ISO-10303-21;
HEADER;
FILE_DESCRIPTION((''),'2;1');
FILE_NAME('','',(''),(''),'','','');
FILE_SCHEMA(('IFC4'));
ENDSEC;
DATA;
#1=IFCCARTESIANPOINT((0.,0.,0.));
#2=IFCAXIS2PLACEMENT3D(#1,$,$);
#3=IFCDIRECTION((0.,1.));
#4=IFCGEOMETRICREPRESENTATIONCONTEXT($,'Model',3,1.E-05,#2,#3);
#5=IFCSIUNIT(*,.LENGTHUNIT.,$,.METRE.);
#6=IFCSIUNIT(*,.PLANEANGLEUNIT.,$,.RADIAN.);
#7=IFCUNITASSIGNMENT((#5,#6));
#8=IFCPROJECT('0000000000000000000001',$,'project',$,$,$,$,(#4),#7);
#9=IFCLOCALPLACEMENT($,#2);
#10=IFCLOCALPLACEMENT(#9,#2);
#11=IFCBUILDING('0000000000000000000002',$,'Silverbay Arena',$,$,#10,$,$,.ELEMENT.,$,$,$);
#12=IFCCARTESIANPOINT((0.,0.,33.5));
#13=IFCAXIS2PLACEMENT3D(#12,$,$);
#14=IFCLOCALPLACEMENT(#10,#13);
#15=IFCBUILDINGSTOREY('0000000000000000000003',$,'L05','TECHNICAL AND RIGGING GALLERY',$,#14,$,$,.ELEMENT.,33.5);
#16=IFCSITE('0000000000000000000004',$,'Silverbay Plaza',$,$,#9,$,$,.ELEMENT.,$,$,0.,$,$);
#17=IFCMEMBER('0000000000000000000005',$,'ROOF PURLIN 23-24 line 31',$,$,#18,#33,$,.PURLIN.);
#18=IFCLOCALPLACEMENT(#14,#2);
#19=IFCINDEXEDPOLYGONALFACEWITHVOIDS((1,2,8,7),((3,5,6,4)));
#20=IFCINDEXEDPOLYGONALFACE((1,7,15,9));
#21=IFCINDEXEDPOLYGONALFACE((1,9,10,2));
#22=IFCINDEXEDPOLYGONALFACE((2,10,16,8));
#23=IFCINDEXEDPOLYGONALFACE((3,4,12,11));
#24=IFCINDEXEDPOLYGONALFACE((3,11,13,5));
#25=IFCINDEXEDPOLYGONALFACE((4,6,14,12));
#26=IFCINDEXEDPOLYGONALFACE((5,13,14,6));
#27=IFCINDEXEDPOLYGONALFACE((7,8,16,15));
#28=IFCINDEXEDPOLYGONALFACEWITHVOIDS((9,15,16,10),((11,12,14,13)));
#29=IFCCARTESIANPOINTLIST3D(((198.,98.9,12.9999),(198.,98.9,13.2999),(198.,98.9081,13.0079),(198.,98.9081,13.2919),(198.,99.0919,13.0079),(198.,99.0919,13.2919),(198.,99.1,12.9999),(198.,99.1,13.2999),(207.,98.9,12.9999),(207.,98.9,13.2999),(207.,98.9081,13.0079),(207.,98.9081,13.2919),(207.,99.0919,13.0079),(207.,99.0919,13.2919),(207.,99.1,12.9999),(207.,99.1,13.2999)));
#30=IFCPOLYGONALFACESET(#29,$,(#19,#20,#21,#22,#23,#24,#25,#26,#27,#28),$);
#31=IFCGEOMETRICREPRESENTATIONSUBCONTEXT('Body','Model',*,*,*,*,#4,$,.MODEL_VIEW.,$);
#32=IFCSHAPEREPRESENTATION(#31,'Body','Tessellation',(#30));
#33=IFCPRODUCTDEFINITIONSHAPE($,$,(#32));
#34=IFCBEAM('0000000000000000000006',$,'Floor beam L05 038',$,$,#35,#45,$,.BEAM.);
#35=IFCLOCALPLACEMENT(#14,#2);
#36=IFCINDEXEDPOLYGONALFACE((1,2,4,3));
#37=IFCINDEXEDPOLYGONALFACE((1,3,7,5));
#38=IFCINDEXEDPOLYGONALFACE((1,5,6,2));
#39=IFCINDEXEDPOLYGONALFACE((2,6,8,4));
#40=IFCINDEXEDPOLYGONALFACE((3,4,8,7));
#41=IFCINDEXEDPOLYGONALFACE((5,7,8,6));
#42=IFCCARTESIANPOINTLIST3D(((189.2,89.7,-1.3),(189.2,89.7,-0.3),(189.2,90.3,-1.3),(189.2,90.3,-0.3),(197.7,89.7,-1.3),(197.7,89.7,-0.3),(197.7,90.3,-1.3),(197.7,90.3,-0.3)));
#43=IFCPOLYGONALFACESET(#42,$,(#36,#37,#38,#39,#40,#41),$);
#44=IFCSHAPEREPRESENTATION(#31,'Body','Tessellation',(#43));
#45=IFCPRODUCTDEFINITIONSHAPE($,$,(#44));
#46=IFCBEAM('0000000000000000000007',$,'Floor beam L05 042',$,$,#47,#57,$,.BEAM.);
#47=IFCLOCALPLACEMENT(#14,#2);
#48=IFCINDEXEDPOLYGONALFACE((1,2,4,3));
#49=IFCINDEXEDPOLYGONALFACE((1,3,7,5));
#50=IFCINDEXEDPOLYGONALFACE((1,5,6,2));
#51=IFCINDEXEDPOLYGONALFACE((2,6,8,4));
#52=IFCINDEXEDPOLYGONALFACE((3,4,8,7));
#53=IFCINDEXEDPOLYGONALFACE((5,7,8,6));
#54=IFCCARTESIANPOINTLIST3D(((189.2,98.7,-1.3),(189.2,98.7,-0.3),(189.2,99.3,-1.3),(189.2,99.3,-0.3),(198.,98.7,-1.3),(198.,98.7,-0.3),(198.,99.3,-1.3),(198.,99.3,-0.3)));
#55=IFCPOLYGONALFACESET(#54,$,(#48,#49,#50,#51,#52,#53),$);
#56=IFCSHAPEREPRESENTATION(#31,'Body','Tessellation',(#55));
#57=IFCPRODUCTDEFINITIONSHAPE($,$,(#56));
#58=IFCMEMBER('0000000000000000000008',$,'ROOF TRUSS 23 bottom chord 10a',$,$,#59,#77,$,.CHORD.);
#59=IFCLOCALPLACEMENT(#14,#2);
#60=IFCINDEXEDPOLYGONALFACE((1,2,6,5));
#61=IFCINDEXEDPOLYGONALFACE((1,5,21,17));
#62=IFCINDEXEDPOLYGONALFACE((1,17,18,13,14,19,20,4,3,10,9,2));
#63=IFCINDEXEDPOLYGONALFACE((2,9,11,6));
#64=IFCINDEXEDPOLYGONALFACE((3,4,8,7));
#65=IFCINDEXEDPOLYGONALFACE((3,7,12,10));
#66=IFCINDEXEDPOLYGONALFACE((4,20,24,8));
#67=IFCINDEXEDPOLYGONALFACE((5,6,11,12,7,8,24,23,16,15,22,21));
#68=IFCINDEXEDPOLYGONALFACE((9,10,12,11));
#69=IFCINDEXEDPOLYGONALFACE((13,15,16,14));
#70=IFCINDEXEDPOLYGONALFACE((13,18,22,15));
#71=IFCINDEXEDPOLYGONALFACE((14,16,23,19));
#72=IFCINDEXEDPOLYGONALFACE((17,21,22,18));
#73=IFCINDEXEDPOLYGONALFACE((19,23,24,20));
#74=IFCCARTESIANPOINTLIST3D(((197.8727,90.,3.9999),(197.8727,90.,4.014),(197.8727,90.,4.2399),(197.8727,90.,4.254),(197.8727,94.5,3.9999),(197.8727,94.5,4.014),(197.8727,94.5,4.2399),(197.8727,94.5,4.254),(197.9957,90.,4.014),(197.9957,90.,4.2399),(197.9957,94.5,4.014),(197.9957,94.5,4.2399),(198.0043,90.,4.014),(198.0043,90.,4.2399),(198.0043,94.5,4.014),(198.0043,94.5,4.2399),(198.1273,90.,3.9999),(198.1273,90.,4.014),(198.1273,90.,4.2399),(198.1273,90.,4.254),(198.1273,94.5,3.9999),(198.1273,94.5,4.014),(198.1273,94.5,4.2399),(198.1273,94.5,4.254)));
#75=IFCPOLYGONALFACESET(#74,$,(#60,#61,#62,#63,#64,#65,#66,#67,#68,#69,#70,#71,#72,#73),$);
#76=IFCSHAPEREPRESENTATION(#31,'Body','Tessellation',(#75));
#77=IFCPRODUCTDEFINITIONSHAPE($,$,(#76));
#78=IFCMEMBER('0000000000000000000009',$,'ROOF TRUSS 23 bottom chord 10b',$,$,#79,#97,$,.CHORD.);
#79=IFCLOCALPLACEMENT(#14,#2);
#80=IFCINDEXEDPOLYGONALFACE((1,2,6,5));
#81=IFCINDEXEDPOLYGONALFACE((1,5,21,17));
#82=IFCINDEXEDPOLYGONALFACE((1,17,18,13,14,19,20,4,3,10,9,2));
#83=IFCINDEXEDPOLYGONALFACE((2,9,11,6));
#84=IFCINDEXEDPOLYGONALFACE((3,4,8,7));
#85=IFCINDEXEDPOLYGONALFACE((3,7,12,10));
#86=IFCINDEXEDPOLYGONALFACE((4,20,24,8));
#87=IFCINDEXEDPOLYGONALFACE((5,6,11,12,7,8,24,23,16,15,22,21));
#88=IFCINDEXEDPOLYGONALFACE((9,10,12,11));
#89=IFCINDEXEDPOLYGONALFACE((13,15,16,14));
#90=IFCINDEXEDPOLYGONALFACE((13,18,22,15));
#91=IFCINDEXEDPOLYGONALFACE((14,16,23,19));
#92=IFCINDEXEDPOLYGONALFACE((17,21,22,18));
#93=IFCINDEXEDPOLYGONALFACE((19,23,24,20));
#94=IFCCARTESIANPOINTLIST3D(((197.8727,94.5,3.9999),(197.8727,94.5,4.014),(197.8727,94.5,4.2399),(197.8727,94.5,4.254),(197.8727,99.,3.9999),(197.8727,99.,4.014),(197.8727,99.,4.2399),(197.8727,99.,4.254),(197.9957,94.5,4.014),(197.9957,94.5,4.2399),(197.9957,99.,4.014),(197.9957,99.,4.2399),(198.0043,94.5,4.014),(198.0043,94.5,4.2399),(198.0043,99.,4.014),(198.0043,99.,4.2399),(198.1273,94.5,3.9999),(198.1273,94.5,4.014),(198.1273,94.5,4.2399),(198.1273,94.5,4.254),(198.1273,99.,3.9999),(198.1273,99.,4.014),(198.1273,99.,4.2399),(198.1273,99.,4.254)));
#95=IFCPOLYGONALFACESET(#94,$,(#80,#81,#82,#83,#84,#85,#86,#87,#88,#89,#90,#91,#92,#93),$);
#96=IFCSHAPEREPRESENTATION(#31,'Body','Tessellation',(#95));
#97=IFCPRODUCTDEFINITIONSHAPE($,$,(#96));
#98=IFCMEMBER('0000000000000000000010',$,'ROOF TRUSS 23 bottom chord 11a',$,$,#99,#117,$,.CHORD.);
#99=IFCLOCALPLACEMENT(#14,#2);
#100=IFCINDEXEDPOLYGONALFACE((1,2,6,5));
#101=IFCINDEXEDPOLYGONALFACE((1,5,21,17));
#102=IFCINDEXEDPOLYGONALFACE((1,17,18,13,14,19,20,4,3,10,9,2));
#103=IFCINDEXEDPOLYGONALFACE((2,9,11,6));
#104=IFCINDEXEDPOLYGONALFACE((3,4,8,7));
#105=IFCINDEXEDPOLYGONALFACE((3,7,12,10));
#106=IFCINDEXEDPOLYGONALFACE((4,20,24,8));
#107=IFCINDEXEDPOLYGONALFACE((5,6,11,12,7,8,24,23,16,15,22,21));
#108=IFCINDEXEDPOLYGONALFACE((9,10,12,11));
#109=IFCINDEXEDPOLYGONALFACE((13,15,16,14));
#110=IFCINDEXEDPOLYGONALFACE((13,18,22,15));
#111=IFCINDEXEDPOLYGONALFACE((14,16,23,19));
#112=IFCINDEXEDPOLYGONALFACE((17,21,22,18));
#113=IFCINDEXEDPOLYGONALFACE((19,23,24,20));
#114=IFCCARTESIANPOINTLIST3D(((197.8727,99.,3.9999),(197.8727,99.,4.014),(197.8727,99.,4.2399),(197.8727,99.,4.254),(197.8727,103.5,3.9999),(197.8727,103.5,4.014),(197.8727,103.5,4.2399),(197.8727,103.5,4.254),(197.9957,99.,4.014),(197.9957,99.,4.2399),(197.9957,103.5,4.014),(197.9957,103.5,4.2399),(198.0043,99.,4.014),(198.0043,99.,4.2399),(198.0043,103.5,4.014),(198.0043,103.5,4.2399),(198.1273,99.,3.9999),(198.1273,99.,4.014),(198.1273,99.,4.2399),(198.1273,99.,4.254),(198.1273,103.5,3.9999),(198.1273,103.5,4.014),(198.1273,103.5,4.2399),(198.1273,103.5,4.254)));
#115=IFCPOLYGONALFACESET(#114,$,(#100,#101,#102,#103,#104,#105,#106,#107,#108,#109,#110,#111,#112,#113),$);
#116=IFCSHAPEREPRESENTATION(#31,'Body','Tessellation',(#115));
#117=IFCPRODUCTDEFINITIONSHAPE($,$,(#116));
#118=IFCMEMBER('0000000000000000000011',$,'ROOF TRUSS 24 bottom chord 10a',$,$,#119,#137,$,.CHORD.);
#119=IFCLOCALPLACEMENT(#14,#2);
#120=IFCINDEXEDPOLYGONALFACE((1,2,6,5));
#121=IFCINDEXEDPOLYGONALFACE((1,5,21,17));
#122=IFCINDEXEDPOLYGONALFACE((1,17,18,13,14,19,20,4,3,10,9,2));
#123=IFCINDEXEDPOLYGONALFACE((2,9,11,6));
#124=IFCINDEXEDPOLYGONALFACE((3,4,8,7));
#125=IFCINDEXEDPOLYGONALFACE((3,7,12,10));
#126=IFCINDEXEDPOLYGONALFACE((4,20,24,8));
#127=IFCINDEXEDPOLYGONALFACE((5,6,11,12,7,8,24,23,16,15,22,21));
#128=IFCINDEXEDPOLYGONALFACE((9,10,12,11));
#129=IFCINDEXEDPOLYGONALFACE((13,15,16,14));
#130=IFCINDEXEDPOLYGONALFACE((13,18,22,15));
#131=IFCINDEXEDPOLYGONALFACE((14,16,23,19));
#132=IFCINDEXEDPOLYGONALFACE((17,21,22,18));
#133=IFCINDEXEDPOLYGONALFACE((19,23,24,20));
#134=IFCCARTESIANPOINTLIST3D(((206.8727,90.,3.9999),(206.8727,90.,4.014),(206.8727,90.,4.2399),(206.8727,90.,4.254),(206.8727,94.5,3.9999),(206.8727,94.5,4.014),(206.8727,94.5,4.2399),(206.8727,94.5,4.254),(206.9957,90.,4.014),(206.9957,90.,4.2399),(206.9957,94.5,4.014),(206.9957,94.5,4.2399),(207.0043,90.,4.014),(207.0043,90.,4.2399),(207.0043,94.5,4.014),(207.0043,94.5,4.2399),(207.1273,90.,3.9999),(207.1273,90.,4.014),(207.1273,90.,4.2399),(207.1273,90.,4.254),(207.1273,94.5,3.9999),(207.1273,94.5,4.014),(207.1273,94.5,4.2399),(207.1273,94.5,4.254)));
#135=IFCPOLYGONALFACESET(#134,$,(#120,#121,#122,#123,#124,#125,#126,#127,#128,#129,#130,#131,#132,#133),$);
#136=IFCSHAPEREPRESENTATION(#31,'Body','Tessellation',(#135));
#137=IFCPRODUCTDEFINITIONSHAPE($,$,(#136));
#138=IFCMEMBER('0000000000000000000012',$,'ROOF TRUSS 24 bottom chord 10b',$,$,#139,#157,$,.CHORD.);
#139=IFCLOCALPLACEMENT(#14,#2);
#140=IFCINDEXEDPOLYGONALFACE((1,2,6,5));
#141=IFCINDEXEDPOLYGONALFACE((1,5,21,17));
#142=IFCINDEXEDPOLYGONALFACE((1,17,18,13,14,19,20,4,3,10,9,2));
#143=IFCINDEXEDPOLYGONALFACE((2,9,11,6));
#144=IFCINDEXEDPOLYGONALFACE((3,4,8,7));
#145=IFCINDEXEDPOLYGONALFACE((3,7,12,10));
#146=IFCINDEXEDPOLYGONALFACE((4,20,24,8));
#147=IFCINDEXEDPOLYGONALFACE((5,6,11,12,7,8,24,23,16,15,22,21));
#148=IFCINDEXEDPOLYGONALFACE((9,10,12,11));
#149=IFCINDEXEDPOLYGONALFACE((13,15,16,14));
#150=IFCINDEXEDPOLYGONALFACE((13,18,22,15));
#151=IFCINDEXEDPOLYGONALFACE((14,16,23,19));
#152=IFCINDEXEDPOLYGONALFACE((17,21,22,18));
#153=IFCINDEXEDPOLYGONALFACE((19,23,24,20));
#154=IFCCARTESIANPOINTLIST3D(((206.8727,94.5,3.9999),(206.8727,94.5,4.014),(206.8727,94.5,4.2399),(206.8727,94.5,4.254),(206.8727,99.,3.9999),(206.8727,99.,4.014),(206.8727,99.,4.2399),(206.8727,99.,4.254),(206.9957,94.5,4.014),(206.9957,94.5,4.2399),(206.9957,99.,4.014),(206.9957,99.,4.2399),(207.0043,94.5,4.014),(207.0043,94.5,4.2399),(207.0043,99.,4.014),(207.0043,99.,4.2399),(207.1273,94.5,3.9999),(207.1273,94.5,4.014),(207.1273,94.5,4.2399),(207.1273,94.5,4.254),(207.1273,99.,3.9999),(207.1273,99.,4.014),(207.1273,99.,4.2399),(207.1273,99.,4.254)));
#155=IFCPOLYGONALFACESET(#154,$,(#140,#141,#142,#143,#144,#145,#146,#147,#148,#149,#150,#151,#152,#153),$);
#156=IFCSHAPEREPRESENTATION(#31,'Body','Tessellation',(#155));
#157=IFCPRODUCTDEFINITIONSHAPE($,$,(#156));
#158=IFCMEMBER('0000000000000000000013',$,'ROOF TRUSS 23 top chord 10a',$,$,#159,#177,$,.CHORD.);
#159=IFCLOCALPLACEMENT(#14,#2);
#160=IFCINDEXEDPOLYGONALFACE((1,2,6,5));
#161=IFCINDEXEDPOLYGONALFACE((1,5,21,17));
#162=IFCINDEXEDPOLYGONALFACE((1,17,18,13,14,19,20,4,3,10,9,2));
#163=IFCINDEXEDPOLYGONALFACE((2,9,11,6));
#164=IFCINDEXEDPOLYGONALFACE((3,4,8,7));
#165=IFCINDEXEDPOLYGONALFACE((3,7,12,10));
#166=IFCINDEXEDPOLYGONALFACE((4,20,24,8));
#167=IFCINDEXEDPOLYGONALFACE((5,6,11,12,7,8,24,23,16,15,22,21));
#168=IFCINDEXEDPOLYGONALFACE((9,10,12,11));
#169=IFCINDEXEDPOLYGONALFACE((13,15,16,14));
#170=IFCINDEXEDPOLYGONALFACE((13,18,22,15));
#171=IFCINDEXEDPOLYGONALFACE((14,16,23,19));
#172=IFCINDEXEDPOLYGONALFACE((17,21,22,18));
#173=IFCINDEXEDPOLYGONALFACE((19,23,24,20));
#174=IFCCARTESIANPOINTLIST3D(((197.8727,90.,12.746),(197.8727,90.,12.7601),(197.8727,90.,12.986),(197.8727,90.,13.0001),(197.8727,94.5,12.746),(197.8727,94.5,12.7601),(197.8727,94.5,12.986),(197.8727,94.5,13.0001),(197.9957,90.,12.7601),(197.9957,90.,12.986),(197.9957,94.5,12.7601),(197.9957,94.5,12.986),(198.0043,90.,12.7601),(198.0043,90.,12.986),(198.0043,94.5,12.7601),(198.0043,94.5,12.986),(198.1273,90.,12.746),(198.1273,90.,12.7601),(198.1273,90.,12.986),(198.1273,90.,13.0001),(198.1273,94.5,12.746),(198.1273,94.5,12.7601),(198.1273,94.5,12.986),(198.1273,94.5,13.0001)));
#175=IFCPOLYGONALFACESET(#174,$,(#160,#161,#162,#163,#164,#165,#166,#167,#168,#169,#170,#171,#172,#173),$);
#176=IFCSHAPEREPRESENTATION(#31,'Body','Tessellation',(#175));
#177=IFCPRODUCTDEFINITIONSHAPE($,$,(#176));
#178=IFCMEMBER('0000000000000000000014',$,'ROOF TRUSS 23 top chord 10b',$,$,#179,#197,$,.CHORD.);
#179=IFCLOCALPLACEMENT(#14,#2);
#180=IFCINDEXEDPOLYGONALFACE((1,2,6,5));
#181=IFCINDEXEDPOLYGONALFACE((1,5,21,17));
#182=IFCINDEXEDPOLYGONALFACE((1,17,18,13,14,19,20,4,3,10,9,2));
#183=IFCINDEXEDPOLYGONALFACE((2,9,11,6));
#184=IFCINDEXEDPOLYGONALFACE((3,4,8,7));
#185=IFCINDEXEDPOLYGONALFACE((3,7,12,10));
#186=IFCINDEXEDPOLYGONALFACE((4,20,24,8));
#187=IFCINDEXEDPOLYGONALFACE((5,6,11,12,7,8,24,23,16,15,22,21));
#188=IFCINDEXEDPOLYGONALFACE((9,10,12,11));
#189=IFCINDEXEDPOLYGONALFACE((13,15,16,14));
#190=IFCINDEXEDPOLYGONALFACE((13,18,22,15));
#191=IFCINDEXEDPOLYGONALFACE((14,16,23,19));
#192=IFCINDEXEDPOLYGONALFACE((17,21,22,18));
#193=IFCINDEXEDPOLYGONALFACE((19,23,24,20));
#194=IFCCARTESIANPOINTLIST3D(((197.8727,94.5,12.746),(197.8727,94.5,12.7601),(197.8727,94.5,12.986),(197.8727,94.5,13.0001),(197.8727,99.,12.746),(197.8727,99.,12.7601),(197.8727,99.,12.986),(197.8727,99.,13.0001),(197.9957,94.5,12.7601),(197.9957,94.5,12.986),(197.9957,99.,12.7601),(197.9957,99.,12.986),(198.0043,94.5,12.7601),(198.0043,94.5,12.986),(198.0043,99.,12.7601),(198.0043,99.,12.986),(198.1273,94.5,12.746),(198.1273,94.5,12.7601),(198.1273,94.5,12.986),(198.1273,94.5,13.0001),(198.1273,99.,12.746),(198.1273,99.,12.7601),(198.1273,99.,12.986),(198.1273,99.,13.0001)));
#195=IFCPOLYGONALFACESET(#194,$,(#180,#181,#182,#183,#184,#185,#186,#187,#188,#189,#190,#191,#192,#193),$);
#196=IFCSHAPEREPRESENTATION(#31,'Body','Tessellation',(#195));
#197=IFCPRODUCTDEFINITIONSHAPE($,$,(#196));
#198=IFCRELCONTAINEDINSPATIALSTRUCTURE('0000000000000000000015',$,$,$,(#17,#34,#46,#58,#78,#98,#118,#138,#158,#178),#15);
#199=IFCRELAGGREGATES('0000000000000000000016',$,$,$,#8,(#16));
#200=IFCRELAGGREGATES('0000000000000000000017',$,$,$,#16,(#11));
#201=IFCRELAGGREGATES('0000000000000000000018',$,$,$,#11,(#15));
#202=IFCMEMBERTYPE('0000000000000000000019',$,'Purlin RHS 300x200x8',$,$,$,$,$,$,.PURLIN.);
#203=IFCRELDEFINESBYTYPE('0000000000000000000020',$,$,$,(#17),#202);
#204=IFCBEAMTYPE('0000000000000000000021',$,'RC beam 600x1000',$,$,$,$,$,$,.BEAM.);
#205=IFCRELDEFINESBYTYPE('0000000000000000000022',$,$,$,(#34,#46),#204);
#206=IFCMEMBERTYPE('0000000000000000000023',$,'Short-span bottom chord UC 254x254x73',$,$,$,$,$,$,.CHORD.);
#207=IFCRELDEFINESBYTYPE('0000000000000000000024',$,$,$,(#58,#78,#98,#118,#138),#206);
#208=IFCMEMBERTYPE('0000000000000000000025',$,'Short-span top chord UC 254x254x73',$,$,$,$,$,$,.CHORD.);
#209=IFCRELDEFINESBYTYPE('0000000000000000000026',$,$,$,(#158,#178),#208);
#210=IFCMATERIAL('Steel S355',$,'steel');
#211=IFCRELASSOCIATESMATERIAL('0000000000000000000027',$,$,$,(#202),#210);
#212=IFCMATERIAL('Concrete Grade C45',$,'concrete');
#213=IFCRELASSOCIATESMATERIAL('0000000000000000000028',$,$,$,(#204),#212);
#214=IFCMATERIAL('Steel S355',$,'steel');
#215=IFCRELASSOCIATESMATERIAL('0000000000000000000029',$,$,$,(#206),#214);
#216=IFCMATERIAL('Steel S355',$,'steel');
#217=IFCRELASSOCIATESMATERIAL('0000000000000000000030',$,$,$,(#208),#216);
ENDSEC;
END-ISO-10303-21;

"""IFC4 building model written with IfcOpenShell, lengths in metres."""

from ifc_helpers import new_model, si_unit, direction, frame, origin, origin_2d, place, context, subcontext, project, spatial, rectangle, hollow_rectangle, i_section, extrude, material, material_profile, profile_set, type_object, element, save


model = new_model("IFC4")

# Units and contexts
model_context = context("Model", 3, precision=1e-05, world=origin(), true_north=direction((0.0, 1.0)))
body_context = subcontext(model_context, "Body", "Model", "MODEL_VIEW")
ifc_project = project(units=[si_unit("LENGTHUNIT", "METRE"), si_unit("PLANEANGLEUNIT", "RADIAN")], contexts=[model_context])

# Site, building, storey
site_placement = place(None, origin())
site = spatial("IfcSite", under=ifc_project, at=site_placement, Name="Silverbay Plaza", CompositionType="ELEMENT", RefElevation=0.0)
building_placement = place(site_placement, origin())
building = spatial("IfcBuilding", under=site, at=building_placement, Name="Silverbay Arena", CompositionType="ELEMENT")
storey_placement = place(building_placement, frame((0.0, 0.0, 33.5)))
storey = spatial("IfcBuildingStorey", under=building, at=storey_placement, Name="L05", Description="TECHNICAL AND RIGGING GALLERY", CompositionType="ELEMENT", Elevation=33.5)

# Member
ifc_material_1 = material(Name="Steel S355", Category="steel")
ifc_material_profile_1 = material_profile(ifc_material_1, hollow_rectangle(XDim=0.2, YDim=0.3, WallThickness=0.0081, at=origin_2d()), Name="RHS 300x200x8")
ifc_profile_set_1 = profile_set([ifc_material_profile_1], Name="Steel S355")
member_type_1 = type_object("IfcMemberType", Name="Purlin RHS 300x200x8", PredefinedType="PURLIN", material=ifc_profile_set_1)
for number, where, z_axis, x_axis, name in (
    (1, (198.0, 99.0, 13.1499), (1.0, 0.0, 0.0), (0.0, 1.0, 0.0), "ROOF PURLIN 23-24 line 31"),
):
    element("IfcMember", number, at=place(storey_placement, frame(where, z_axis=z_axis, x_axis=x_axis)), inside=storey, type_object=member_type_1, Name=name, PredefinedType="PURLIN", context=body_context, shape_type="SweptSolid", body=[
        extrude(hollow_rectangle(XDim=0.2, YDim=0.3, WallThickness=0.0081, at=origin_2d()), origin(), (0.0, 0.0, 1.0), 9.0),
    ])

# Beams
ifc_material_2 = material(Name="Concrete Grade C45", Category="concrete")
ifc_material_profile_2 = material_profile(ifc_material_2, rectangle(XDim=0.6001, YDim=1.0, at=origin_2d()), Name="RC 600x1000")
ifc_profile_set_2 = profile_set([ifc_material_profile_2], Name="Concrete Grade C45")
beam_type = type_object("IfcBeamType", Name="RC beam 600x1000", PredefinedType="BEAM", material=ifc_profile_set_2)
beam_1_placement = place(storey_placement, frame((189.2, 90.0, -0.8), z_axis=(1.0, 0.0, 0.0), x_axis=(0.0, 1.0, 0.0)))
element("IfcBeam", 2, at=beam_1_placement, inside=storey, type_object=beam_type, Name="Floor beam L05 038", PredefinedType="BEAM", context=body_context, shape_type="SweptSolid", body=[
    extrude(rectangle(XDim=0.6001, YDim=1.0, at=origin_2d()), origin(), (0.0, 0.0, 1.0), 8.5),
])
beam_2_placement = place(storey_placement, frame((189.2, 99.0, -0.8), z_axis=(1.0, 0.0, 0.0), x_axis=(0.0, 1.0, 0.0)))
element("IfcBeam", 3, at=beam_2_placement, inside=storey, type_object=beam_type, Name="Floor beam L05 042", PredefinedType="BEAM", context=body_context, shape_type="SweptSolid", body=[
    extrude(rectangle(XDim=0.6001, YDim=1.0, at=origin_2d()), origin(), (0.0, 0.0, 1.0), 8.8),
])

# Members
ifc_material_3 = material(Name="Steel S355", Category="steel")
ifc_material_profile_3 = material_profile(ifc_material_3, i_section(OverallWidth=0.2546, OverallDepth=0.2542, WebThickness=0.0085, FlangeThickness=0.0142, at=origin_2d()), Name="UC 254x254x73")
ifc_profile_set_3 = profile_set([ifc_material_profile_3], Name="Steel S355")
member_type_2 = type_object("IfcMemberType", Name="Short-span bottom chord UC 254x254x73", PredefinedType="CHORD", material=ifc_profile_set_3)
for number, where, z_axis, x_axis, name in (
    (4, (198.0, 90.0, 4.127), (0.0, 1.0, 0.0), (-1.0, 0.0, 0.0), "ROOF TRUSS 23 bottom chord 10a"),
    (5, (198.0, 94.5, 4.127), (0.0, 1.0, 0.0), (-1.0, 0.0, 0.0), "ROOF TRUSS 23 bottom chord 10b"),
    (6, (198.0, 99.0, 4.127), (0.0, 1.0, 0.0), (-1.0, 0.0, 0.0), "ROOF TRUSS 23 bottom chord 11a"),
    (7, (207.0, 90.0, 4.127), (0.0, 1.0, 0.0), (-1.0, 0.0, 0.0), "ROOF TRUSS 24 bottom chord 10a"),
    (8, (207.0, 94.5, 4.127), (0.0, 1.0, 0.0), (-1.0, 0.0, 0.0), "ROOF TRUSS 24 bottom chord 10b"),
):
    element("IfcMember", number, at=place(storey_placement, frame(where, z_axis=z_axis, x_axis=x_axis)), inside=storey, type_object=member_type_2, Name=name, PredefinedType="CHORD", context=body_context, shape_type="SweptSolid", body=[
        extrude(i_section(OverallWidth=0.2546, OverallDepth=0.2542, WebThickness=0.0085, FlangeThickness=0.0142, at=origin_2d()), origin(), (0.0, 0.0, 1.0), 4.5),
    ])
ifc_material_4 = material(Name="Steel S355", Category="steel")
ifc_material_profile_4 = material_profile(ifc_material_4, i_section(OverallWidth=0.2546, OverallDepth=0.2542, WebThickness=0.0085, FlangeThickness=0.0142, at=origin_2d()), Name="UC 254x254x73")
ifc_profile_set_4 = profile_set([ifc_material_profile_4], Name="Steel S355")
member_type_3 = type_object("IfcMemberType", Name="Short-span top chord UC 254x254x73", PredefinedType="CHORD", material=ifc_profile_set_4)
for number, where, z_axis, x_axis, name in (
    (9, (198.0, 90.0, 12.873), (0.0, 1.0, 0.0), (-1.0, 0.0, 0.0), "ROOF TRUSS 23 top chord 10a"),
    (10, (198.0, 94.5, 12.873), (0.0, 1.0, 0.0), (-1.0, 0.0, 0.0), "ROOF TRUSS 23 top chord 10b"),
):
    element("IfcMember", number, at=place(storey_placement, frame(where, z_axis=z_axis, x_axis=x_axis)), inside=storey, type_object=member_type_3, Name=name, PredefinedType="CHORD", context=body_context, shape_type="SweptSolid", body=[
        extrude(i_section(OverallWidth=0.2546, OverallDepth=0.2542, WebThickness=0.0085, FlangeThickness=0.0142, at=origin_2d()), origin(), (0.0, 0.0, 1.0), 4.5),
    ])

save(model, "model.ifc")
